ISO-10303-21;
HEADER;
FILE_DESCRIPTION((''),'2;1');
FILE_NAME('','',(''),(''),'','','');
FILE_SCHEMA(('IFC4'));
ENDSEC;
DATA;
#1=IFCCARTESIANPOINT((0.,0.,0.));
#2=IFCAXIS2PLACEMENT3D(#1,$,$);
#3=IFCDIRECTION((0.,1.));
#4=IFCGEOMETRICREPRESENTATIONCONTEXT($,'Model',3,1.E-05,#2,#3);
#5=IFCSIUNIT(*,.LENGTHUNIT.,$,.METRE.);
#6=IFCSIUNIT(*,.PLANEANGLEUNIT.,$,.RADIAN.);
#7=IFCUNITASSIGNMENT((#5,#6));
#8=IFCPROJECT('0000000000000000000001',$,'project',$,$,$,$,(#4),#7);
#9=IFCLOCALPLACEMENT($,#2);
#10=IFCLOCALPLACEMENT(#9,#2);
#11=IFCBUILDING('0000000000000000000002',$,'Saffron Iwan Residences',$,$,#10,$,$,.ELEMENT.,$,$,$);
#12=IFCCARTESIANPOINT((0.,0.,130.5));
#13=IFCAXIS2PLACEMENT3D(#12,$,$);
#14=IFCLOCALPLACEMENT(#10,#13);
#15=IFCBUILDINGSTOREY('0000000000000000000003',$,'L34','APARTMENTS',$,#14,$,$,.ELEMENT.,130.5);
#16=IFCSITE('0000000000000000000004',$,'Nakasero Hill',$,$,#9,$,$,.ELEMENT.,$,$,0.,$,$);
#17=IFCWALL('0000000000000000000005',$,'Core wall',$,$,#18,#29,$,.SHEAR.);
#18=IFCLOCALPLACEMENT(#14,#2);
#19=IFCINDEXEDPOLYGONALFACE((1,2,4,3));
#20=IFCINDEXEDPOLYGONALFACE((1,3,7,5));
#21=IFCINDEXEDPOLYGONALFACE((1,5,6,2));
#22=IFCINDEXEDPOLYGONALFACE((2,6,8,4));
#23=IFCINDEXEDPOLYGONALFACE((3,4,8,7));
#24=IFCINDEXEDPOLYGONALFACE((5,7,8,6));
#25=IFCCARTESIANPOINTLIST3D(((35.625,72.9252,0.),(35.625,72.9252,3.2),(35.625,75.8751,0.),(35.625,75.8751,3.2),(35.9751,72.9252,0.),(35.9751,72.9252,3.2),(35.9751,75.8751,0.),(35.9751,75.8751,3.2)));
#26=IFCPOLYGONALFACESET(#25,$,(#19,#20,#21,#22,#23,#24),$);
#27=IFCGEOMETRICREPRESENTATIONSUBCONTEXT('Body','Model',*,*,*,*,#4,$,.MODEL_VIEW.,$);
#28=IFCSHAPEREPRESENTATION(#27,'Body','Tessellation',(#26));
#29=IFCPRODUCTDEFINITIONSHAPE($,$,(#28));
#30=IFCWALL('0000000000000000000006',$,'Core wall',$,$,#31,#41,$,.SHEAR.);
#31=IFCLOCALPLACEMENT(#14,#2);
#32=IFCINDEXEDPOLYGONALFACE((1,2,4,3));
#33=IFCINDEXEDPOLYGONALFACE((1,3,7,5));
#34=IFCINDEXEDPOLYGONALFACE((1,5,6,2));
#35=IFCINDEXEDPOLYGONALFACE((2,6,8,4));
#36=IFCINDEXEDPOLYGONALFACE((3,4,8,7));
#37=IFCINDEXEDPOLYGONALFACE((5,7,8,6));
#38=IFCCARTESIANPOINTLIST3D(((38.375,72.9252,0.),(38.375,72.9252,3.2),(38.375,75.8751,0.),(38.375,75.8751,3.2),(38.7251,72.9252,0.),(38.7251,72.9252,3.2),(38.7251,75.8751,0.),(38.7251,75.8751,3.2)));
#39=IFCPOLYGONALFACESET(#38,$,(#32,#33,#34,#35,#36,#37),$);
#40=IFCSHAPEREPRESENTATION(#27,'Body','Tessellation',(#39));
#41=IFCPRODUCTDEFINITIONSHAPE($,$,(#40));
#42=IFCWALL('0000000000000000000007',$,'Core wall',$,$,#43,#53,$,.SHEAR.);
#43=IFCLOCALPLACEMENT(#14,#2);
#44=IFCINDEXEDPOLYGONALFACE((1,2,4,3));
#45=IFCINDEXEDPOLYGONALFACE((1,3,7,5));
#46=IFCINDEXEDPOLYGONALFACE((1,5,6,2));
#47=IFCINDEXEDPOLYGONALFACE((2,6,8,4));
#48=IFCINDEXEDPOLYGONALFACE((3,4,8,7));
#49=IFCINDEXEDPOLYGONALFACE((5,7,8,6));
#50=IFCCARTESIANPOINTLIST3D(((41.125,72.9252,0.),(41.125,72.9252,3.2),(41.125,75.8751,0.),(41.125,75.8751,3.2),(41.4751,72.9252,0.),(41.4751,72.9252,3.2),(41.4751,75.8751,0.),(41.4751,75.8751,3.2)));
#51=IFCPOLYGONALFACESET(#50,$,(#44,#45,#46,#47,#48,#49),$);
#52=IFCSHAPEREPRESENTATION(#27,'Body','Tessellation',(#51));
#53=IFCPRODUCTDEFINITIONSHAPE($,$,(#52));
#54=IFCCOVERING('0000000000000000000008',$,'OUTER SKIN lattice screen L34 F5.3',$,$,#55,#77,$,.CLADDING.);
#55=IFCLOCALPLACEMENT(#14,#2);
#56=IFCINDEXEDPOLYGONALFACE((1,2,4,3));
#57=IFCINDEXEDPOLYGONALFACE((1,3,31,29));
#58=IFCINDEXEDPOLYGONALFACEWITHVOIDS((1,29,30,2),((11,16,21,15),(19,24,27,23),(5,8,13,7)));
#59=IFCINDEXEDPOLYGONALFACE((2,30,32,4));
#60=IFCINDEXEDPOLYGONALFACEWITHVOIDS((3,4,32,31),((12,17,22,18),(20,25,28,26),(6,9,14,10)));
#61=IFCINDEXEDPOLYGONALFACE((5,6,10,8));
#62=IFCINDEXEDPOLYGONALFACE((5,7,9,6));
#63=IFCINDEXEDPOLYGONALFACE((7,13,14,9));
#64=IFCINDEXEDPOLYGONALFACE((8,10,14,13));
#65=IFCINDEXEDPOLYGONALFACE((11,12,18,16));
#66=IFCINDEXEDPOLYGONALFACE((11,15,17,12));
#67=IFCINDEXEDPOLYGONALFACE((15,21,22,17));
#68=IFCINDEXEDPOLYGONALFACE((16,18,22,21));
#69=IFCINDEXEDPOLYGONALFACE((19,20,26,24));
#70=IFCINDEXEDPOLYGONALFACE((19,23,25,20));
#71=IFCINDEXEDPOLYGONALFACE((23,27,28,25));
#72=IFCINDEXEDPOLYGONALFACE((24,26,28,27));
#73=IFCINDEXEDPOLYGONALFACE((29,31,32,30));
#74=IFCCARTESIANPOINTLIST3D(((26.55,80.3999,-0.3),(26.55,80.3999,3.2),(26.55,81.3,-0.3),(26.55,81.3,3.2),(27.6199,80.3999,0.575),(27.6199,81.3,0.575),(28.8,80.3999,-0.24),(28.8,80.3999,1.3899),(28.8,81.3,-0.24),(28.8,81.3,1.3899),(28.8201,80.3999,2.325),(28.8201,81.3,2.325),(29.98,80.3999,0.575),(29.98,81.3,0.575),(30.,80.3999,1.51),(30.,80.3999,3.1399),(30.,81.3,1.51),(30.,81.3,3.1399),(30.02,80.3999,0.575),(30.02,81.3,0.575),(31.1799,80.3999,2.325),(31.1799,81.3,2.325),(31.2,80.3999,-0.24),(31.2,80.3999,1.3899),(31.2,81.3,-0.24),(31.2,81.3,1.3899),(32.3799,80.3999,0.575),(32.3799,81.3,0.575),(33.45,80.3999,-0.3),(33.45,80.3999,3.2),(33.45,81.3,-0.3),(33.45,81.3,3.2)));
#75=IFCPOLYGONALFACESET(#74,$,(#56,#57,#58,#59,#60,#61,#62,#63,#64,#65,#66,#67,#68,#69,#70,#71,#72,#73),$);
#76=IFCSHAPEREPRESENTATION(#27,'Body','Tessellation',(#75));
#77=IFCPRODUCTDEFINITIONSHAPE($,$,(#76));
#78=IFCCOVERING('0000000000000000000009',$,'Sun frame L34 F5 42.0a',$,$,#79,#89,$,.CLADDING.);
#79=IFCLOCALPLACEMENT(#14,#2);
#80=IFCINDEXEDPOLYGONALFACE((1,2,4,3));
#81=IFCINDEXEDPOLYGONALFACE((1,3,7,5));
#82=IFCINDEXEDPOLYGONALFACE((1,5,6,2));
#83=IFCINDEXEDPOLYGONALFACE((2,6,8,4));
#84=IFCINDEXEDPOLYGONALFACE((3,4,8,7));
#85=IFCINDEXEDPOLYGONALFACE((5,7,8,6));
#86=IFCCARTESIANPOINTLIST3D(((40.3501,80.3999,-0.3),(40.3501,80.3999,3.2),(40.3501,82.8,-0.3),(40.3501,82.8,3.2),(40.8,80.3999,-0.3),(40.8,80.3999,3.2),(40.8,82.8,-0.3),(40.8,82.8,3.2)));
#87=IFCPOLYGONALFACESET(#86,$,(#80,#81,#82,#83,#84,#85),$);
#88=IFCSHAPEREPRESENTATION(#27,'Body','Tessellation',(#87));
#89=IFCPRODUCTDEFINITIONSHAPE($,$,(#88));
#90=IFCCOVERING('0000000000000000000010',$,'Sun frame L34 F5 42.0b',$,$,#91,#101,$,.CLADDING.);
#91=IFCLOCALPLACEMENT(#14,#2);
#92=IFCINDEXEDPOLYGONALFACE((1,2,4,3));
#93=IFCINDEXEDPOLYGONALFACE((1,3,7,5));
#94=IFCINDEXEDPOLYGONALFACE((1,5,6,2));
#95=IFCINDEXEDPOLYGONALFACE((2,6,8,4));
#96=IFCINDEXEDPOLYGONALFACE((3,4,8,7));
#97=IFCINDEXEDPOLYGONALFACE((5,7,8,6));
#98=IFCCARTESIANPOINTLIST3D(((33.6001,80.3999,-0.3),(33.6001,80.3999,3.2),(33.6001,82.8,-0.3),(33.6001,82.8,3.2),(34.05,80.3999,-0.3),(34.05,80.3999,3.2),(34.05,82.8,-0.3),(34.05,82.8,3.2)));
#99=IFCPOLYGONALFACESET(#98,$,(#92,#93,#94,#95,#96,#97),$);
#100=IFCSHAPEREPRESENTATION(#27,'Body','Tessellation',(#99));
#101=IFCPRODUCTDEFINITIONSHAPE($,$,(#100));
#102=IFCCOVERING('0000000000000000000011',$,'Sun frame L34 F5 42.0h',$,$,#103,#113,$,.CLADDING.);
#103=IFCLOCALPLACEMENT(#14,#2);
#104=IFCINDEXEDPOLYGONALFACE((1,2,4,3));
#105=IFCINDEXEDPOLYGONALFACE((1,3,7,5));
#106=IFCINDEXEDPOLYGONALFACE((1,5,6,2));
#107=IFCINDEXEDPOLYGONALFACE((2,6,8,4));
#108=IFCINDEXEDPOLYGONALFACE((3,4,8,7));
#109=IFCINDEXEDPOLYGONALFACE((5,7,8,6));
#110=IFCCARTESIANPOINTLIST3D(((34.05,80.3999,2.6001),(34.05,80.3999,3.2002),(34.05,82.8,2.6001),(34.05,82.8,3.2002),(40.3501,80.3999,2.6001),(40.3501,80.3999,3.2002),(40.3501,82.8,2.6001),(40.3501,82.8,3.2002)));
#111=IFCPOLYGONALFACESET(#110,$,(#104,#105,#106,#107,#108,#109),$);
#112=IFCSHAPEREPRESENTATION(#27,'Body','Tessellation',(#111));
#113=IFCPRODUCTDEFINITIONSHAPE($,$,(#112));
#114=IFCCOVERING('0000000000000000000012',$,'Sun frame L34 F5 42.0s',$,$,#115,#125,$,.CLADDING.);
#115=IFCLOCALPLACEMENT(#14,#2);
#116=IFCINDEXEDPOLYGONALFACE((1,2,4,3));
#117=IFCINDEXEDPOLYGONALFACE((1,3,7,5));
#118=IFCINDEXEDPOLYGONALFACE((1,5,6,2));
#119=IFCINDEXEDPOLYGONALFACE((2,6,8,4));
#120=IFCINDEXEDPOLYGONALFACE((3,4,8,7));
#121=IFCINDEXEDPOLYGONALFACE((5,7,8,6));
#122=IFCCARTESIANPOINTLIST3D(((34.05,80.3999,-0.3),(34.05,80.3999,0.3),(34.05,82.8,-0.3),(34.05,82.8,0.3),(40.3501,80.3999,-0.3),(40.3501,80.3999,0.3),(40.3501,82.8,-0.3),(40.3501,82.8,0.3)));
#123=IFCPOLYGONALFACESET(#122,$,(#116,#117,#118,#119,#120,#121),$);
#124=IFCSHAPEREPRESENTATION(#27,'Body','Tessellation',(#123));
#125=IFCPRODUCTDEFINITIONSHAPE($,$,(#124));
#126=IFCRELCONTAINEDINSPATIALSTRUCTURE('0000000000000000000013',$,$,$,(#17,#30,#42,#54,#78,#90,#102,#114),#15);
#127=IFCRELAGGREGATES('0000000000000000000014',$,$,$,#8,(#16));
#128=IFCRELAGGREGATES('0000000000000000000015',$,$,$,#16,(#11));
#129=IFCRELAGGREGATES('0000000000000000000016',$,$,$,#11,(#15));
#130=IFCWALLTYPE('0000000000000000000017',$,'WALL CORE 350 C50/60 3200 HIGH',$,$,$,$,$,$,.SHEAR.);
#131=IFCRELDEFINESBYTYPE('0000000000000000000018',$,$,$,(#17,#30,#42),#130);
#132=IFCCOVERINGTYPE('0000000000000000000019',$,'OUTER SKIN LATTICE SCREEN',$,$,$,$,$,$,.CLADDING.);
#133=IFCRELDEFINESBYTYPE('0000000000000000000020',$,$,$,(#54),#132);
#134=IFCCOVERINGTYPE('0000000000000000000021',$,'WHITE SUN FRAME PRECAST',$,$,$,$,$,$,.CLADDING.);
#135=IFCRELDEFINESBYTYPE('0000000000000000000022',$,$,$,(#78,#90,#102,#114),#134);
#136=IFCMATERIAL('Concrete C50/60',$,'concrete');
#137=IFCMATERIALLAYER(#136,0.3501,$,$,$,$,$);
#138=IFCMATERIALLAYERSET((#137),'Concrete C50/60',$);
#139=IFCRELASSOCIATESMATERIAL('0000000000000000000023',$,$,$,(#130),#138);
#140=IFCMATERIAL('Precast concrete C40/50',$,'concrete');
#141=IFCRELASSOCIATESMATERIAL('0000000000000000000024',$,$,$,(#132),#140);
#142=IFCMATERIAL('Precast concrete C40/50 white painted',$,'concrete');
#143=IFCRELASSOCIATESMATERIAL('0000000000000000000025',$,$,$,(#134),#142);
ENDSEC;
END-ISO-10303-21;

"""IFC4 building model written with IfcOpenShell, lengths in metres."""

from ifc_helpers import new_model, si_unit, direction, frame, frame_2d, origin, place, context, subcontext, project, spatial, polyline, rectangle, outline, extrude, material, layer, layer_set, type_object, element, save


model = new_model("IFC4")

# Units and contexts
model_context = context("Model", 3, precision=1e-05, world=origin(), true_north=direction((0.0, 1.0)))
body_context = subcontext(model_context, "Body", "Model", "MODEL_VIEW")
ifc_project = project(units=[si_unit("LENGTHUNIT", "METRE"), si_unit("PLANEANGLEUNIT", "RADIAN")], contexts=[model_context])

# Site, building, storey
site_placement = place(None, origin())
site = spatial("IfcSite", under=ifc_project, at=site_placement, Name="Nakasero Hill", CompositionType="ELEMENT", RefElevation=0.0)
building_placement = place(site_placement, origin())
building = spatial("IfcBuilding", under=site, at=building_placement, Name="Saffron Iwan Residences", CompositionType="ELEMENT")
storey_placement = place(building_placement, frame((0.0, 0.0, 130.5)))
storey = spatial("IfcBuildingStorey", under=building, at=storey_placement, Name="L34", Description="APARTMENTS", CompositionType="ELEMENT", Elevation=130.5)

# Shared definitions
ifc_material_1 = material(Name="Concrete C50/60", Category="concrete")

# Shared definitions
ifc_layer_1 = layer(ifc_material_1, 0.3501)
ifc_layer_set_1 = layer_set([ifc_layer_1], Name="Concrete C50/60")
wall_type_1 = type_object("IfcWallType", Name="WALL CORE 350 C50/60 3200 HIGH", PredefinedType="SHEAR", material=ifc_layer_set_1)

# Walls
for number, where, z_axis, x_axis, name in (
    (1, (35.8, 72.925, 0.0), (0.0, 0.0, 1.0), (0.0, 1.0, 0.0), "Core wall"),
    (2, (38.55, 72.925, 0.0), (0.0, 0.0, 1.0), (0.0, 1.0, 0.0), "Core wall"),
    (3, (41.3, 72.925, 0.0), (0.0, 0.0, 1.0), (0.0, 1.0, 0.0), "Core wall"),
):
    element("IfcWall", number, at=place(storey_placement, frame(where, z_axis=z_axis, x_axis=x_axis)), inside=storey, type_object=wall_type_1, Name=name, PredefinedType="SHEAR", context=body_context, shape_type="SweptSolid", body=[
        extrude(rectangle(XDim=2.95, YDim=0.3501, at=frame_2d((1.4751, 0.0))), origin(), (0.0, 0.0, 1.0), 3.2),
    ])

# Coverings
ifc_material_2 = material(Name="Precast concrete C40/50", Category="concrete")
covering_type_1 = type_object("IfcCoveringType", Name="OUTER SKIN LATTICE SCREEN", PredefinedType="CLADDING", material=ifc_material_2)
covering_placement = place(storey_placement, frame((33.45, 80.3999, -0.3), z_axis=(0.0, 1.0, 0.0), x_axis=(-1.0, 0.0, 0.0)))
element("IfcCovering", 4, at=covering_placement, inside=storey, type_object=covering_type_1, Name="OUTER SKIN lattice screen L34 F5.3", PredefinedType="CLADDING", context=body_context, shape_type="SweptSolid", body=[
    extrude(outline(polyline([(0.0, 0.0), (6.8999, 0.0), (6.8999, 3.5), (0.0, 3.5), (0.0, 0.0)]), holes=[polyline([(1.0701, 0.875), (2.25, 0.0601), (3.4299, 0.875), (2.25, 1.6899), (1.0701, 0.875)]), polyline([(3.47, 0.875), (4.6499, 0.0601), (5.8301, 0.875), (4.6499, 1.6899), (3.47, 0.875)]), polyline([(2.27, 2.625), (3.45, 1.8101), (4.6299, 2.625), (3.45, 3.4399), (2.27, 2.625)])]), origin(), (0.0, 0.0, 1.0), 0.9001),
])
ifc_material_3 = material(Name="Precast concrete C40/50 white painted", Category="concrete")
covering_type_2 = type_object("IfcCoveringType", Name="WHITE SUN FRAME PRECAST", PredefinedType="CLADDING", material=ifc_material_3)
for number, where, z_axis, x_axis, name in (
    (5, (40.8, 80.3999, -0.3), (0.0, 1.0, 0.0), (-1.0, 0.0, 0.0), "Sun frame L34 F5 42.0a"),
    (6, (34.05, 80.3999, -0.3), (0.0, 1.0, 0.0), (-1.0, 0.0, 0.0), "Sun frame L34 F5 42.0b"),
):
    element("IfcCovering", number, at=place(storey_placement, frame(where, z_axis=z_axis, x_axis=x_axis)), inside=storey, type_object=covering_type_2, Name=name, PredefinedType="CLADDING", context=body_context, shape_type="SweptSolid", body=[
        extrude(outline(polyline([(0.0, 0.0), (0.45, 0.0), (0.45, 3.5), (0.0, 3.5), (0.0, 0.0)])), origin(), (0.0, 0.0, 1.0), 2.4001),
    ])
for number, where, z_axis, x_axis, name in (
    (7, (40.3501, 80.3999, 2.6001), (0.0, 1.0, 0.0), (-1.0, 0.0, 0.0), "Sun frame L34 F5 42.0h"),
    (8, (40.3501, 80.3999, -0.3), (0.0, 1.0, 0.0), (-1.0, 0.0, 0.0), "Sun frame L34 F5 42.0s"),
):
    element("IfcCovering", number, at=place(storey_placement, frame(where, z_axis=z_axis, x_axis=x_axis)), inside=storey, type_object=covering_type_2, Name=name, PredefinedType="CLADDING", context=body_context, shape_type="SweptSolid", body=[
        extrude(outline(polyline([(0.0, 0.0), (6.3, 0.0), (6.3, 0.6001), (0.0, 0.6001), (0.0, 0.0)])), origin(), (0.0, 0.0, 1.0), 2.4001),
    ])

save(model, "model.ifc")
